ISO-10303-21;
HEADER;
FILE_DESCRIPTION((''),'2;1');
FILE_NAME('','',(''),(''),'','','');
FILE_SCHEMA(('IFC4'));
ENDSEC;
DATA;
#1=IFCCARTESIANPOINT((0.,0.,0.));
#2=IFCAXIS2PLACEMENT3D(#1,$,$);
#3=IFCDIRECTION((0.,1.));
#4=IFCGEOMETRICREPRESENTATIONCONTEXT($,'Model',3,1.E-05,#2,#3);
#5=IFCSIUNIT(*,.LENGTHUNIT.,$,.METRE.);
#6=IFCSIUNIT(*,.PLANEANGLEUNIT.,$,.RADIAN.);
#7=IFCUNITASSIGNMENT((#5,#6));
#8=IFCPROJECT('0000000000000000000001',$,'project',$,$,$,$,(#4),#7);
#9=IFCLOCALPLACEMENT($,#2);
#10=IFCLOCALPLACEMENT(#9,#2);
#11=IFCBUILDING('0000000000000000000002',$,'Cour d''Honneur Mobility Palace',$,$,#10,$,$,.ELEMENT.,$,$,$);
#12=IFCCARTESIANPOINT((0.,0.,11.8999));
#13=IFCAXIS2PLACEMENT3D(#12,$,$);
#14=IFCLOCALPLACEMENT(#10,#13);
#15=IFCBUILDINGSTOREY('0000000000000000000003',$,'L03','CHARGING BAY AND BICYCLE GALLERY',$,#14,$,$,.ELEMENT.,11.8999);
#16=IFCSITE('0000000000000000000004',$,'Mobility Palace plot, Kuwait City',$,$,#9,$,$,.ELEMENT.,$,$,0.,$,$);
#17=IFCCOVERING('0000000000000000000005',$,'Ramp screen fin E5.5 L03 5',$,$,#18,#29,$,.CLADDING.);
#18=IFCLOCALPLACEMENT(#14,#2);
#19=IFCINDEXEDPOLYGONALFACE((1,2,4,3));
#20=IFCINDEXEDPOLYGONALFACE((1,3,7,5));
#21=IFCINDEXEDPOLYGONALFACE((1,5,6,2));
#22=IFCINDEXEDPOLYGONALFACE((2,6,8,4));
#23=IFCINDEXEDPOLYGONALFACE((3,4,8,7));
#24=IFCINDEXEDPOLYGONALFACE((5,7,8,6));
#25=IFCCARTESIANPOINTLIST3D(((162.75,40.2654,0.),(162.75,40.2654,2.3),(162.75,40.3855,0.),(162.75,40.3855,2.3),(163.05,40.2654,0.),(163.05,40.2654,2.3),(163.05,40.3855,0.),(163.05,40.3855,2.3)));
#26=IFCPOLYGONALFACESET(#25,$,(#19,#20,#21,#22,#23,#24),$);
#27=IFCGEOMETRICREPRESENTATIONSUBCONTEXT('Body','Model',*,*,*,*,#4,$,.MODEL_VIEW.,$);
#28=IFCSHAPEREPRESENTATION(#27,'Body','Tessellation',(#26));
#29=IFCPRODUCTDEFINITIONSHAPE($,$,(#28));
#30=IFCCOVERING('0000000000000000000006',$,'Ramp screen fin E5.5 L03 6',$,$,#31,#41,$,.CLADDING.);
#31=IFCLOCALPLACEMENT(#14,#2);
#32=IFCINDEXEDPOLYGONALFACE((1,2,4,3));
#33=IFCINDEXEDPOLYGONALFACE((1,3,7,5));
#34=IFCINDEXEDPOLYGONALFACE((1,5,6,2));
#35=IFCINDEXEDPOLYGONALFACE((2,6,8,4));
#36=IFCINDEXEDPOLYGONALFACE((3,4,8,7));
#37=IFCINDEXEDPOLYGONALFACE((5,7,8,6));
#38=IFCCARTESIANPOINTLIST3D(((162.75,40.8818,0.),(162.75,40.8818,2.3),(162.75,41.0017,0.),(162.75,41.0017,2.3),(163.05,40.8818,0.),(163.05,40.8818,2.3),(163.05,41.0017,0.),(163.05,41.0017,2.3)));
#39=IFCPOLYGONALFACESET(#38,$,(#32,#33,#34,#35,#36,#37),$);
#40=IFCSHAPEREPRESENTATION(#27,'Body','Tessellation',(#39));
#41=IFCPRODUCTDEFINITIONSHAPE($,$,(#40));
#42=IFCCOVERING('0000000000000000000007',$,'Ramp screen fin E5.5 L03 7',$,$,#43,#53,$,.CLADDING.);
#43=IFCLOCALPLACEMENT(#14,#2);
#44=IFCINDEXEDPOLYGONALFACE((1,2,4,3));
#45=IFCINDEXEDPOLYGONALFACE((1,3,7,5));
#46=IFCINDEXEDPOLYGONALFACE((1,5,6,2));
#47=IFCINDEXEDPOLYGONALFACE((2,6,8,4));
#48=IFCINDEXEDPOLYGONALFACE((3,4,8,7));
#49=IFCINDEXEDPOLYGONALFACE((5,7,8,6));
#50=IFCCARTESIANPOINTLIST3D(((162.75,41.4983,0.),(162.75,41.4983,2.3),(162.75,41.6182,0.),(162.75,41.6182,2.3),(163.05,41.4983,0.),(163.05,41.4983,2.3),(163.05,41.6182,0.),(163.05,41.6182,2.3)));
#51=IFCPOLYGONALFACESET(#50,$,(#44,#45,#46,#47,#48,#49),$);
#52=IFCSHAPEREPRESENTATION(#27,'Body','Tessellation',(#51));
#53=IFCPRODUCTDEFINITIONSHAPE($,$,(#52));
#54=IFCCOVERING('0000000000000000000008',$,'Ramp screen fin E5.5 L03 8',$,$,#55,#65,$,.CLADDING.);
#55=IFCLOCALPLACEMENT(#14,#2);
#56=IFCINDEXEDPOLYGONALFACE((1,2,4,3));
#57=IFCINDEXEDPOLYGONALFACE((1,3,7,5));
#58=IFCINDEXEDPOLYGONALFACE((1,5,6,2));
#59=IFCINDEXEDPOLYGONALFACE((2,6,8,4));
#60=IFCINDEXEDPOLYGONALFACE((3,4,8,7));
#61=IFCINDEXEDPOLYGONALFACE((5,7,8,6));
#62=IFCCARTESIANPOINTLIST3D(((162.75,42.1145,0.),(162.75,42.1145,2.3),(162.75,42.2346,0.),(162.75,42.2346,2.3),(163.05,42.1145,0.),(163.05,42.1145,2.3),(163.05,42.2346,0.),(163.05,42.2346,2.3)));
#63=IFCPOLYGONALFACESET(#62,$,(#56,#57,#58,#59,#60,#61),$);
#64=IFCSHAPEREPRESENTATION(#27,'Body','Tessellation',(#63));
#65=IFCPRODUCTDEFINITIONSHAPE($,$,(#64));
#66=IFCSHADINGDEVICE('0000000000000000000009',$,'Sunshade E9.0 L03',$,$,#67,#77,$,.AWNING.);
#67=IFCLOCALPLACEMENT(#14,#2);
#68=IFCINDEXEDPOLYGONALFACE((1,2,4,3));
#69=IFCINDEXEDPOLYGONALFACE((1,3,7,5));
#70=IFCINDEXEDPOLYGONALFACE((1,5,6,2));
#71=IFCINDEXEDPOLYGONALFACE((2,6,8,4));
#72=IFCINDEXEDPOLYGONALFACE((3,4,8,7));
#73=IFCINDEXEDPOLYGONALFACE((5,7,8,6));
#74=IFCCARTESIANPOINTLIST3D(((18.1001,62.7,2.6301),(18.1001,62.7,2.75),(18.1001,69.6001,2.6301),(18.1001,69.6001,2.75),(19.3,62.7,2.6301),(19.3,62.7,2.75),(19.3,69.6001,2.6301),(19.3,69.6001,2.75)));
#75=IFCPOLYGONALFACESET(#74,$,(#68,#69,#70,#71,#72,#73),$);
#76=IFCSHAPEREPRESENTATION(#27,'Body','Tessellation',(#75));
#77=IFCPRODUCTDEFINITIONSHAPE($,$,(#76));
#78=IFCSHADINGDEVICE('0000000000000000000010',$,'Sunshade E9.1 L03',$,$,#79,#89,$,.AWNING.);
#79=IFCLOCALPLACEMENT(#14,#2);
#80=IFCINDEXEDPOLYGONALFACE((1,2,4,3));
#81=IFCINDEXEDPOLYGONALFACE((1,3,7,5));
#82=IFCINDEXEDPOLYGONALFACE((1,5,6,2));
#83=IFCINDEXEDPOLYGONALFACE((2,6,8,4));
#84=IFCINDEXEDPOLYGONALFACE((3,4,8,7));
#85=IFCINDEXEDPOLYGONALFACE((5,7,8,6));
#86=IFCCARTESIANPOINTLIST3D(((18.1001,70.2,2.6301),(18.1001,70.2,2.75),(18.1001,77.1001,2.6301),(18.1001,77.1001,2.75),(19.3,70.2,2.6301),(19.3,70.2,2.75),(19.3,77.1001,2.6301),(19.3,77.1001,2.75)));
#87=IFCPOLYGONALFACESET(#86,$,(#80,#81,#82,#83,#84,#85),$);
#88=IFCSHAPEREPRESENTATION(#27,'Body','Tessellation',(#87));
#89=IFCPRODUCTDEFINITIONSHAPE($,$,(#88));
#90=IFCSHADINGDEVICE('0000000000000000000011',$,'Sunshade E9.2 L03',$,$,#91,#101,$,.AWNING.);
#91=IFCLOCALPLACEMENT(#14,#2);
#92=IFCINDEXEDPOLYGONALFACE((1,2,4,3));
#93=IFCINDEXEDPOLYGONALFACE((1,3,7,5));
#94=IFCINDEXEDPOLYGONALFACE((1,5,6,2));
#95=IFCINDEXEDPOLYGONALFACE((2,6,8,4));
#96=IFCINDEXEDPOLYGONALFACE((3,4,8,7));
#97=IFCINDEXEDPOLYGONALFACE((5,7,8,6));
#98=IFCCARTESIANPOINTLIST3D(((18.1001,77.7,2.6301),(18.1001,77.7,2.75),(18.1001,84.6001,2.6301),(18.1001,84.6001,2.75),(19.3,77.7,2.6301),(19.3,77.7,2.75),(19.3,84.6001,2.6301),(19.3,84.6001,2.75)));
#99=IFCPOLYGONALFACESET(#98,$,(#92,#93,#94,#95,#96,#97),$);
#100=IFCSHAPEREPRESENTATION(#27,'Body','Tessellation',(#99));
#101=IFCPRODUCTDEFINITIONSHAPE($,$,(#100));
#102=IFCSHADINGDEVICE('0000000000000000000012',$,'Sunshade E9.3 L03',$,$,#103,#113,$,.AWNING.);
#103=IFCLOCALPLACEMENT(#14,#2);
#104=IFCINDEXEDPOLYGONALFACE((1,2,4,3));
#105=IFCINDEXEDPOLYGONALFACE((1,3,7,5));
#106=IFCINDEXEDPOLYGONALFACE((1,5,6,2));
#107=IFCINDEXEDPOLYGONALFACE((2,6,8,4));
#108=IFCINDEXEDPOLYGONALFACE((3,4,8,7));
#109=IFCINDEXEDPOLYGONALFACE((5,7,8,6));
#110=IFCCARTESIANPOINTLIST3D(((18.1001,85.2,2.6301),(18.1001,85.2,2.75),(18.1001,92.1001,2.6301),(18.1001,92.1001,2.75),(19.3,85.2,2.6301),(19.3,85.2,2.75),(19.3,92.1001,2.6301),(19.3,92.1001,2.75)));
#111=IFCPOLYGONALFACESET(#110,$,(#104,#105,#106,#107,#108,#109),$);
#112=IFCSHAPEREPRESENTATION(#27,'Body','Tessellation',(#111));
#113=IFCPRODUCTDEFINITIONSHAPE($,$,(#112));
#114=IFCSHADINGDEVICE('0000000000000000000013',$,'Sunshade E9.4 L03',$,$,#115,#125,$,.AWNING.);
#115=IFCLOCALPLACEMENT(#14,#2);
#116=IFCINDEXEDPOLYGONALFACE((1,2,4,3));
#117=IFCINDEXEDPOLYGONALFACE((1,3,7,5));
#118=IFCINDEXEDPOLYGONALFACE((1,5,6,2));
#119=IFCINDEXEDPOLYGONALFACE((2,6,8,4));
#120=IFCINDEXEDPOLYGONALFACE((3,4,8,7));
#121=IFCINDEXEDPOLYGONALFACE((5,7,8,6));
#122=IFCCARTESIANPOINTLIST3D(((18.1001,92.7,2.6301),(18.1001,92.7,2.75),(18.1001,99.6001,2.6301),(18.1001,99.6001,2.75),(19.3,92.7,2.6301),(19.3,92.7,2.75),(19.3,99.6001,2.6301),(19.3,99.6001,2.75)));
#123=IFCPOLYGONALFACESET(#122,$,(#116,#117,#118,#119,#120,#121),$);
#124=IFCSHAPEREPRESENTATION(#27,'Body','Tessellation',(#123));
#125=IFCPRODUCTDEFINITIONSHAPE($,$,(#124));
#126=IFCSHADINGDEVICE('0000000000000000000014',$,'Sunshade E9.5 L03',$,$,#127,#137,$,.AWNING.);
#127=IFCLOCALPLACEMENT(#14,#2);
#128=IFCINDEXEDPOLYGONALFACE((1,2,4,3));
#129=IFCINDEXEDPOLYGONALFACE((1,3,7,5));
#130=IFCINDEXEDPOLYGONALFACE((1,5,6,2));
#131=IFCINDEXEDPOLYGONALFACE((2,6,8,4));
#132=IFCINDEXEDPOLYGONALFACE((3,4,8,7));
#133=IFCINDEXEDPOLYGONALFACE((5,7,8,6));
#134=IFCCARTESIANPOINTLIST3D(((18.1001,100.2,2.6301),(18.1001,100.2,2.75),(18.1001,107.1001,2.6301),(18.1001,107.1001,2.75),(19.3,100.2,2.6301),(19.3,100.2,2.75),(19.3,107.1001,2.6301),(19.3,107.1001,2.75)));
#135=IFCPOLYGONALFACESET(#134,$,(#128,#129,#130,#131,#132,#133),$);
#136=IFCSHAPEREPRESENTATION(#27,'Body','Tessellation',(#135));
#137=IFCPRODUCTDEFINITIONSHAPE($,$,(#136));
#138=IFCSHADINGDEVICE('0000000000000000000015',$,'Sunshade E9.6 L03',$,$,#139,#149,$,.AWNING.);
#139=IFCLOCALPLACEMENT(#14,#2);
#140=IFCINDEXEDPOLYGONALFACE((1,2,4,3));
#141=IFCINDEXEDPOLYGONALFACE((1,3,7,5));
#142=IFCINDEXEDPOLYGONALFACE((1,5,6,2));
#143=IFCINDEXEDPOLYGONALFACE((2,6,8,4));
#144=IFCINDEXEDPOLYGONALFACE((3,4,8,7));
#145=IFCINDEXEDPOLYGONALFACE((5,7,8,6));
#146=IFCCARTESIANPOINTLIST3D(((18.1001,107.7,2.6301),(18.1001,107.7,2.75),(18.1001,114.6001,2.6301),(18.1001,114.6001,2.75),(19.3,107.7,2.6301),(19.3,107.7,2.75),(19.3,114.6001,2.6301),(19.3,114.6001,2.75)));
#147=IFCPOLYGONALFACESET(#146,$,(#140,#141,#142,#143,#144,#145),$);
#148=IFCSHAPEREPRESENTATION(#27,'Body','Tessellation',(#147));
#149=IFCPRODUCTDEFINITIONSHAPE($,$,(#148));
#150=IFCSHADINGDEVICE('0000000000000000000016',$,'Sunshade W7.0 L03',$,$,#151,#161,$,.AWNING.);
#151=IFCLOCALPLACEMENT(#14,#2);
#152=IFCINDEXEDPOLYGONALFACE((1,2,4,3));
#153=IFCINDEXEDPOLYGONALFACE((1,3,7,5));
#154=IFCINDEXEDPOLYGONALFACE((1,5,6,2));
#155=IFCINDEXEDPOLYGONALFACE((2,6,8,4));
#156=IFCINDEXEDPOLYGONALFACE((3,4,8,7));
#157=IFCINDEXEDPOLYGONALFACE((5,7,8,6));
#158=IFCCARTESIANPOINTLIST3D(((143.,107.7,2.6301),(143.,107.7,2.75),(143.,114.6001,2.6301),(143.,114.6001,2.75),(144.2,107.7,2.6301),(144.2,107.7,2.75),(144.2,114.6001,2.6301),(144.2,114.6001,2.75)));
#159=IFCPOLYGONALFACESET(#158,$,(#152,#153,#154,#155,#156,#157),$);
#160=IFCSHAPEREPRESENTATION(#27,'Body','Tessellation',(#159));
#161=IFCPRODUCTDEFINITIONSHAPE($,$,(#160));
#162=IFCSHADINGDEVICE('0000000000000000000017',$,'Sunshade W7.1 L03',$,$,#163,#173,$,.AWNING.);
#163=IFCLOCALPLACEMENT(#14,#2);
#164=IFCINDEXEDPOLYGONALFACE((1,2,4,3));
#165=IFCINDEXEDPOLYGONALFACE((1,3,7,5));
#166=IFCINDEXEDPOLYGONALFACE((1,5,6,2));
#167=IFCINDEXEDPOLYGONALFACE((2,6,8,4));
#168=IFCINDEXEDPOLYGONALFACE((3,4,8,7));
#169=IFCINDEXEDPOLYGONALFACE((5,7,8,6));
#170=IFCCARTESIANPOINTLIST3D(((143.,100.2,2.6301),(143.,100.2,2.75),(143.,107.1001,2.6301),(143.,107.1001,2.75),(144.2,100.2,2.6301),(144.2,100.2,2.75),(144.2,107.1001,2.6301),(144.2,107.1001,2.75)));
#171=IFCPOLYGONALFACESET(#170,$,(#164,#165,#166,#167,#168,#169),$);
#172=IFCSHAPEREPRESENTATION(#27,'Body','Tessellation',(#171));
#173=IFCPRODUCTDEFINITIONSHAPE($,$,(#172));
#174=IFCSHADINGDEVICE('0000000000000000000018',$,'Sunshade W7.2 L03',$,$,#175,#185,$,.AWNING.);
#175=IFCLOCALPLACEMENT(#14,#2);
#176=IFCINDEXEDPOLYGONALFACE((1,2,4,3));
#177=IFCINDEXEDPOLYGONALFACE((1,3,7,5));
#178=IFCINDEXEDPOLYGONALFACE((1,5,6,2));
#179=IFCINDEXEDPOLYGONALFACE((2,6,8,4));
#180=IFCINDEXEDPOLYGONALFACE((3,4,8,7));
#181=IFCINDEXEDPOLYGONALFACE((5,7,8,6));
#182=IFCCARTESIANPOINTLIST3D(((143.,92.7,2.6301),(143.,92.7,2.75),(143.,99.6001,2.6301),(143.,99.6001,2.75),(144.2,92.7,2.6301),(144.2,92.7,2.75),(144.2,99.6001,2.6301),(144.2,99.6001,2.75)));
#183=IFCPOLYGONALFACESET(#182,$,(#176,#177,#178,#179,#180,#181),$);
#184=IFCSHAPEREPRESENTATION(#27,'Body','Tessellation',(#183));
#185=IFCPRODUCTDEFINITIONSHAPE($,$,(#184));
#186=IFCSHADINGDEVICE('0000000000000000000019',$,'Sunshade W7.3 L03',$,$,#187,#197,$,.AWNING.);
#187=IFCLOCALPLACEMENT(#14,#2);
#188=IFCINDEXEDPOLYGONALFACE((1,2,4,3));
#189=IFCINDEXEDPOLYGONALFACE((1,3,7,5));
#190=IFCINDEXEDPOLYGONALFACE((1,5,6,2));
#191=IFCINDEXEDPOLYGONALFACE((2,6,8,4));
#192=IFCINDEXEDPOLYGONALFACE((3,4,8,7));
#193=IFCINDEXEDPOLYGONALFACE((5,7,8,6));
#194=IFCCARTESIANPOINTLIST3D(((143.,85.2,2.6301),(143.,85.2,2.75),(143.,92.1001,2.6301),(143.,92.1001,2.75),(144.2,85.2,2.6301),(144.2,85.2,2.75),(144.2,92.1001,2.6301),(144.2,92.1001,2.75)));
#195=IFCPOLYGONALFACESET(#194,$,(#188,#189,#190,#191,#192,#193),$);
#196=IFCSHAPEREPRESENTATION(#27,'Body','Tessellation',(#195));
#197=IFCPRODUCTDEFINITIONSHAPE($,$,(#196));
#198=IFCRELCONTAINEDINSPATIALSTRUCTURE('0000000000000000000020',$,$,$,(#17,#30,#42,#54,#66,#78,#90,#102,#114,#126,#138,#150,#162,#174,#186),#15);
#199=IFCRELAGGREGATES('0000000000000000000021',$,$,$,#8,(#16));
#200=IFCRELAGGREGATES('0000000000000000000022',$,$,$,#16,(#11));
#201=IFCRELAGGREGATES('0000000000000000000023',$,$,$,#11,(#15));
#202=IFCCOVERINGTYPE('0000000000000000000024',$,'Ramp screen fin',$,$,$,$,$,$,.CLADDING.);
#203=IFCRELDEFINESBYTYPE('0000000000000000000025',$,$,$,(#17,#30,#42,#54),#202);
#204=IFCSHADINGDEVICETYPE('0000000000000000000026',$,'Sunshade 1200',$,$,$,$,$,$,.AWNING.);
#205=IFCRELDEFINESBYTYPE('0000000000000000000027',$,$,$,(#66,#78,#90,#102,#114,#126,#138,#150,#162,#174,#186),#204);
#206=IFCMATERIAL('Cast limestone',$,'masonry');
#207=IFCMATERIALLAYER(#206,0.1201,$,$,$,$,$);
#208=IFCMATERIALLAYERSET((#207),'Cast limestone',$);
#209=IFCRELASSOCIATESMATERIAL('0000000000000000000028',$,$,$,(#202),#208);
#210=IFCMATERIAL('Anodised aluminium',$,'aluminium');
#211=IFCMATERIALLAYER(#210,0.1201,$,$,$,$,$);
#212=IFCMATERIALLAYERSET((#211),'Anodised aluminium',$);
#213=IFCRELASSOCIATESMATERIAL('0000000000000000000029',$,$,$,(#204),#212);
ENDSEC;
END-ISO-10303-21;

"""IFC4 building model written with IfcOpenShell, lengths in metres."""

from ifc_helpers import new_model, si_unit, direction, frame, origin, place, context, subcontext, project, spatial, polyline, outline, extrude, material, layer, layer_set, type_object, element, save


model = new_model("IFC4")

# Units and contexts
model_context = context("Model", 3, precision=1e-05, world=origin(), true_north=direction((0.0, 1.0)))
body_context = subcontext(model_context, "Body", "Model", "MODEL_VIEW")
ifc_project = project(units=[si_unit("LENGTHUNIT", "METRE"), si_unit("PLANEANGLEUNIT", "RADIAN")], contexts=[model_context])

# Site, building, storey
site_placement = place(None, origin())
site = spatial("IfcSite", under=ifc_project, at=site_placement, Name="Mobility Palace plot, Kuwait City", CompositionType="ELEMENT", RefElevation=0.0)
building_placement = place(site_placement, origin())
building = spatial("IfcBuilding", under=site, at=building_placement, Name="Cour d'Honneur Mobility Palace", CompositionType="ELEMENT")
storey_placement = place(building_placement, frame((0.0, 0.0, 11.8999)))
storey = spatial("IfcBuildingStorey", under=building, at=storey_placement, Name="L03", Description="CHARGING BAY AND BICYCLE GALLERY", CompositionType="ELEMENT", Elevation=11.8999)

# Coverings
ifc_material_1 = material(Name="Cast limestone", Category="masonry")
ifc_layer_1 = layer(ifc_material_1, 0.1201)
ifc_layer_set_1 = layer_set([ifc_layer_1], Name="Cast limestone")
covering_type = type_object("IfcCoveringType", Name="Ramp screen fin", PredefinedType="CLADDING", material=ifc_layer_set_1)
covering_1_placement = place(storey_placement, origin())
element("IfcCovering", 1, at=covering_1_placement, inside=storey, type_object=covering_type, Name="Ramp screen fin E5.5 L03 5", PredefinedType="CLADDING", context=body_context, shape_type="SweptSolid", body=[
    extrude(outline(polyline([(162.75, 40.2654), (162.75, 40.3855), (163.05, 40.3855), (163.05, 40.2654), (162.75, 40.2654)])), origin(), (0.0, 0.0, 1.0), 2.3),
])
covering_2_placement = place(storey_placement, origin())
element("IfcCovering", 2, at=covering_2_placement, inside=storey, type_object=covering_type, Name="Ramp screen fin E5.5 L03 6", PredefinedType="CLADDING", context=body_context, shape_type="SweptSolid", body=[
    extrude(outline(polyline([(162.75, 40.8818), (162.75, 41.0017), (163.05, 41.0017), (163.05, 40.8818), (162.75, 40.8818)])), origin(), (0.0, 0.0, 1.0), 2.3),
])
covering_3_placement = place(storey_placement, origin())
element("IfcCovering", 3, at=covering_3_placement, inside=storey, type_object=covering_type, Name="Ramp screen fin E5.5 L03 7", PredefinedType="CLADDING", context=body_context, shape_type="SweptSolid", body=[
    extrude(outline(polyline([(162.75, 41.4983), (162.75, 41.6182), (163.05, 41.6182), (163.05, 41.4983), (162.75, 41.4983)])), origin(), (0.0, 0.0, 1.0), 2.3),
])
covering_4_placement = place(storey_placement, origin())
element("IfcCovering", 4, at=covering_4_placement, inside=storey, type_object=covering_type, Name="Ramp screen fin E5.5 L03 8", PredefinedType="CLADDING", context=body_context, shape_type="SweptSolid", body=[
    extrude(outline(polyline([(162.75, 42.1145), (162.75, 42.2346), (163.05, 42.2346), (163.05, 42.1145), (162.75, 42.1145)])), origin(), (0.0, 0.0, 1.0), 2.3),
])

# Shading devices
ifc_material_2 = material(Name="Anodised aluminium", Category="aluminium")
ifc_layer_2 = layer(ifc_material_2, 0.1201)
ifc_layer_set_2 = layer_set([ifc_layer_2], Name="Anodised aluminium")
shading_device_type = type_object("IfcShadingDeviceType", Name="Sunshade 1200", PredefinedType="AWNING", material=ifc_layer_set_2)
shading_device_1_placement = place(storey_placement, frame((0.0, 0.0, 2.6301)))
element("IfcShadingDevice", 5, at=shading_device_1_placement, inside=storey, type_object=shading_device_type, Name="Sunshade E9.0 L03", PredefinedType="AWNING", context=body_context, shape_type="SweptSolid", body=[
    extrude(outline(polyline([(18.1001, 62.7), (18.1001, 69.6001), (19.3, 69.6001), (19.3, 62.7), (18.1001, 62.7)])), origin(), (0.0, 0.0, 1.0), 0.1199),
])
shading_device_2_placement = place(storey_placement, frame((0.0, 0.0, 2.6301)))
element("IfcShadingDevice", 6, at=shading_device_2_placement, inside=storey, type_object=shading_device_type, Name="Sunshade E9.1 L03", PredefinedType="AWNING", context=body_context, shape_type="SweptSolid", body=[
    extrude(outline(polyline([(18.1001, 70.2), (18.1001, 77.1001), (19.3, 77.1001), (19.3, 70.2), (18.1001, 70.2)])), origin(), (0.0, 0.0, 1.0), 0.1199),
])
shading_device_3_placement = place(storey_placement, frame((0.0, 0.0, 2.6301)))
element("IfcShadingDevice", 7, at=shading_device_3_placement, inside=storey, type_object=shading_device_type, Name="Sunshade E9.2 L03", PredefinedType="AWNING", context=body_context, shape_type="SweptSolid", body=[
    extrude(outline(polyline([(18.1001, 77.7), (18.1001, 84.6001), (19.3, 84.6001), (19.3, 77.7), (18.1001, 77.7)])), origin(), (0.0, 0.0, 1.0), 0.1199),
])
shading_device_4_placement = place(storey_placement, frame((0.0, 0.0, 2.6301)))
element("IfcShadingDevice", 8, at=shading_device_4_placement, inside=storey, type_object=shading_device_type, Name="Sunshade E9.3 L03", PredefinedType="AWNING", context=body_context, shape_type="SweptSolid", body=[
    extrude(outline(polyline([(18.1001, 85.2), (18.1001, 92.1001), (19.3, 92.1001), (19.3, 85.2), (18.1001, 85.2)])), origin(), (0.0, 0.0, 1.0), 0.1199),
])
shading_device_5_placement = place(storey_placement, frame((0.0, 0.0, 2.6301)))
element("IfcShadingDevice", 9, at=shading_device_5_placement, inside=storey, type_object=shading_device_type, Name="Sunshade E9.4 L03", PredefinedType="AWNING", context=body_context, shape_type="SweptSolid", body=[
    extrude(outline(polyline([(18.1001, 92.7), (18.1001, 99.6001), (19.3, 99.6001), (19.3, 92.7), (18.1001, 92.7)])), origin(), (0.0, 0.0, 1.0), 0.1199),
])
shading_device_6_placement = place(storey_placement, frame((0.0, 0.0, 2.6301)))
element("IfcShadingDevice", 10, at=shading_device_6_placement, inside=storey, type_object=shading_device_type, Name="Sunshade E9.5 L03", PredefinedType="AWNING", context=body_context, shape_type="SweptSolid", body=[
    extrude(outline(polyline([(18.1001, 100.2), (18.1001, 107.1001), (19.3, 107.1001), (19.3, 100.2), (18.1001, 100.2)])), origin(), (0.0, 0.0, 1.0), 0.1199),
])
shading_device_7_placement = place(storey_placement, frame((0.0, 0.0, 2.6301)))
element("IfcShadingDevice", 11, at=shading_device_7_placement, inside=storey, type_object=shading_device_type, Name="Sunshade E9.6 L03", PredefinedType="AWNING", context=body_context, shape_type="SweptSolid", body=[
    extrude(outline(polyline([(18.1001, 107.7), (18.1001, 114.6001), (19.3, 114.6001), (19.3, 107.7), (18.1001, 107.7)])), origin(), (0.0, 0.0, 1.0), 0.1199),
])
shading_device_8_placement = place(storey_placement, frame((0.0, 0.0, 2.6301)))
element("IfcShadingDevice", 12, at=shading_device_8_placement, inside=storey, type_object=shading_device_type, Name="Sunshade W7.0 L03", PredefinedType="AWNING", context=body_context, shape_type="SweptSolid", body=[
    extrude(outline(polyline([(144.2, 114.6001), (144.2, 107.7), (143.0, 107.7), (143.0, 114.6001), (144.2, 114.6001)])), origin(), (0.0, 0.0, 1.0), 0.1199),
])
shading_device_9_placement = place(storey_placement, frame((0.0, 0.0, 2.6301)))
element("IfcShadingDevice", 13, at=shading_device_9_placement, inside=storey, type_object=shading_device_type, Name="Sunshade W7.1 L03", PredefinedType="AWNING", context=body_context, shape_type="SweptSolid", body=[
    extrude(outline(polyline([(144.2, 107.1001), (144.2, 100.2), (143.0, 100.2), (143.0, 107.1001), (144.2, 107.1001)])), origin(), (0.0, 0.0, 1.0), 0.1199),
])
shading_device_10_placement = place(storey_placement, frame((0.0, 0.0, 2.6301)))
element("IfcShadingDevice", 14, at=shading_device_10_placement, inside=storey, type_object=shading_device_type, Name="Sunshade W7.2 L03", PredefinedType="AWNING", context=body_context, shape_type="SweptSolid", body=[
    extrude(outline(polyline([(144.2, 99.6001), (144.2, 92.7), (143.0, 92.7), (143.0, 99.6001), (144.2, 99.6001)])), origin(), (0.0, 0.0, 1.0), 0.1199),
])
shading_device_11_placement = place(storey_placement, frame((0.0, 0.0, 2.6301)))
element("IfcShadingDevice", 15, at=shading_device_11_placement, inside=storey, type_object=shading_device_type, Name="Sunshade W7.3 L03", PredefinedType="AWNING", context=body_context, shape_type="SweptSolid", body=[
    extrude(outline(polyline([(144.2, 92.1001), (144.2, 85.2), (143.0, 85.2), (143.0, 92.1001), (144.2, 92.1001)])), origin(), (0.0, 0.0, 1.0), 0.1199),
])

save(model, "model.ifc")
